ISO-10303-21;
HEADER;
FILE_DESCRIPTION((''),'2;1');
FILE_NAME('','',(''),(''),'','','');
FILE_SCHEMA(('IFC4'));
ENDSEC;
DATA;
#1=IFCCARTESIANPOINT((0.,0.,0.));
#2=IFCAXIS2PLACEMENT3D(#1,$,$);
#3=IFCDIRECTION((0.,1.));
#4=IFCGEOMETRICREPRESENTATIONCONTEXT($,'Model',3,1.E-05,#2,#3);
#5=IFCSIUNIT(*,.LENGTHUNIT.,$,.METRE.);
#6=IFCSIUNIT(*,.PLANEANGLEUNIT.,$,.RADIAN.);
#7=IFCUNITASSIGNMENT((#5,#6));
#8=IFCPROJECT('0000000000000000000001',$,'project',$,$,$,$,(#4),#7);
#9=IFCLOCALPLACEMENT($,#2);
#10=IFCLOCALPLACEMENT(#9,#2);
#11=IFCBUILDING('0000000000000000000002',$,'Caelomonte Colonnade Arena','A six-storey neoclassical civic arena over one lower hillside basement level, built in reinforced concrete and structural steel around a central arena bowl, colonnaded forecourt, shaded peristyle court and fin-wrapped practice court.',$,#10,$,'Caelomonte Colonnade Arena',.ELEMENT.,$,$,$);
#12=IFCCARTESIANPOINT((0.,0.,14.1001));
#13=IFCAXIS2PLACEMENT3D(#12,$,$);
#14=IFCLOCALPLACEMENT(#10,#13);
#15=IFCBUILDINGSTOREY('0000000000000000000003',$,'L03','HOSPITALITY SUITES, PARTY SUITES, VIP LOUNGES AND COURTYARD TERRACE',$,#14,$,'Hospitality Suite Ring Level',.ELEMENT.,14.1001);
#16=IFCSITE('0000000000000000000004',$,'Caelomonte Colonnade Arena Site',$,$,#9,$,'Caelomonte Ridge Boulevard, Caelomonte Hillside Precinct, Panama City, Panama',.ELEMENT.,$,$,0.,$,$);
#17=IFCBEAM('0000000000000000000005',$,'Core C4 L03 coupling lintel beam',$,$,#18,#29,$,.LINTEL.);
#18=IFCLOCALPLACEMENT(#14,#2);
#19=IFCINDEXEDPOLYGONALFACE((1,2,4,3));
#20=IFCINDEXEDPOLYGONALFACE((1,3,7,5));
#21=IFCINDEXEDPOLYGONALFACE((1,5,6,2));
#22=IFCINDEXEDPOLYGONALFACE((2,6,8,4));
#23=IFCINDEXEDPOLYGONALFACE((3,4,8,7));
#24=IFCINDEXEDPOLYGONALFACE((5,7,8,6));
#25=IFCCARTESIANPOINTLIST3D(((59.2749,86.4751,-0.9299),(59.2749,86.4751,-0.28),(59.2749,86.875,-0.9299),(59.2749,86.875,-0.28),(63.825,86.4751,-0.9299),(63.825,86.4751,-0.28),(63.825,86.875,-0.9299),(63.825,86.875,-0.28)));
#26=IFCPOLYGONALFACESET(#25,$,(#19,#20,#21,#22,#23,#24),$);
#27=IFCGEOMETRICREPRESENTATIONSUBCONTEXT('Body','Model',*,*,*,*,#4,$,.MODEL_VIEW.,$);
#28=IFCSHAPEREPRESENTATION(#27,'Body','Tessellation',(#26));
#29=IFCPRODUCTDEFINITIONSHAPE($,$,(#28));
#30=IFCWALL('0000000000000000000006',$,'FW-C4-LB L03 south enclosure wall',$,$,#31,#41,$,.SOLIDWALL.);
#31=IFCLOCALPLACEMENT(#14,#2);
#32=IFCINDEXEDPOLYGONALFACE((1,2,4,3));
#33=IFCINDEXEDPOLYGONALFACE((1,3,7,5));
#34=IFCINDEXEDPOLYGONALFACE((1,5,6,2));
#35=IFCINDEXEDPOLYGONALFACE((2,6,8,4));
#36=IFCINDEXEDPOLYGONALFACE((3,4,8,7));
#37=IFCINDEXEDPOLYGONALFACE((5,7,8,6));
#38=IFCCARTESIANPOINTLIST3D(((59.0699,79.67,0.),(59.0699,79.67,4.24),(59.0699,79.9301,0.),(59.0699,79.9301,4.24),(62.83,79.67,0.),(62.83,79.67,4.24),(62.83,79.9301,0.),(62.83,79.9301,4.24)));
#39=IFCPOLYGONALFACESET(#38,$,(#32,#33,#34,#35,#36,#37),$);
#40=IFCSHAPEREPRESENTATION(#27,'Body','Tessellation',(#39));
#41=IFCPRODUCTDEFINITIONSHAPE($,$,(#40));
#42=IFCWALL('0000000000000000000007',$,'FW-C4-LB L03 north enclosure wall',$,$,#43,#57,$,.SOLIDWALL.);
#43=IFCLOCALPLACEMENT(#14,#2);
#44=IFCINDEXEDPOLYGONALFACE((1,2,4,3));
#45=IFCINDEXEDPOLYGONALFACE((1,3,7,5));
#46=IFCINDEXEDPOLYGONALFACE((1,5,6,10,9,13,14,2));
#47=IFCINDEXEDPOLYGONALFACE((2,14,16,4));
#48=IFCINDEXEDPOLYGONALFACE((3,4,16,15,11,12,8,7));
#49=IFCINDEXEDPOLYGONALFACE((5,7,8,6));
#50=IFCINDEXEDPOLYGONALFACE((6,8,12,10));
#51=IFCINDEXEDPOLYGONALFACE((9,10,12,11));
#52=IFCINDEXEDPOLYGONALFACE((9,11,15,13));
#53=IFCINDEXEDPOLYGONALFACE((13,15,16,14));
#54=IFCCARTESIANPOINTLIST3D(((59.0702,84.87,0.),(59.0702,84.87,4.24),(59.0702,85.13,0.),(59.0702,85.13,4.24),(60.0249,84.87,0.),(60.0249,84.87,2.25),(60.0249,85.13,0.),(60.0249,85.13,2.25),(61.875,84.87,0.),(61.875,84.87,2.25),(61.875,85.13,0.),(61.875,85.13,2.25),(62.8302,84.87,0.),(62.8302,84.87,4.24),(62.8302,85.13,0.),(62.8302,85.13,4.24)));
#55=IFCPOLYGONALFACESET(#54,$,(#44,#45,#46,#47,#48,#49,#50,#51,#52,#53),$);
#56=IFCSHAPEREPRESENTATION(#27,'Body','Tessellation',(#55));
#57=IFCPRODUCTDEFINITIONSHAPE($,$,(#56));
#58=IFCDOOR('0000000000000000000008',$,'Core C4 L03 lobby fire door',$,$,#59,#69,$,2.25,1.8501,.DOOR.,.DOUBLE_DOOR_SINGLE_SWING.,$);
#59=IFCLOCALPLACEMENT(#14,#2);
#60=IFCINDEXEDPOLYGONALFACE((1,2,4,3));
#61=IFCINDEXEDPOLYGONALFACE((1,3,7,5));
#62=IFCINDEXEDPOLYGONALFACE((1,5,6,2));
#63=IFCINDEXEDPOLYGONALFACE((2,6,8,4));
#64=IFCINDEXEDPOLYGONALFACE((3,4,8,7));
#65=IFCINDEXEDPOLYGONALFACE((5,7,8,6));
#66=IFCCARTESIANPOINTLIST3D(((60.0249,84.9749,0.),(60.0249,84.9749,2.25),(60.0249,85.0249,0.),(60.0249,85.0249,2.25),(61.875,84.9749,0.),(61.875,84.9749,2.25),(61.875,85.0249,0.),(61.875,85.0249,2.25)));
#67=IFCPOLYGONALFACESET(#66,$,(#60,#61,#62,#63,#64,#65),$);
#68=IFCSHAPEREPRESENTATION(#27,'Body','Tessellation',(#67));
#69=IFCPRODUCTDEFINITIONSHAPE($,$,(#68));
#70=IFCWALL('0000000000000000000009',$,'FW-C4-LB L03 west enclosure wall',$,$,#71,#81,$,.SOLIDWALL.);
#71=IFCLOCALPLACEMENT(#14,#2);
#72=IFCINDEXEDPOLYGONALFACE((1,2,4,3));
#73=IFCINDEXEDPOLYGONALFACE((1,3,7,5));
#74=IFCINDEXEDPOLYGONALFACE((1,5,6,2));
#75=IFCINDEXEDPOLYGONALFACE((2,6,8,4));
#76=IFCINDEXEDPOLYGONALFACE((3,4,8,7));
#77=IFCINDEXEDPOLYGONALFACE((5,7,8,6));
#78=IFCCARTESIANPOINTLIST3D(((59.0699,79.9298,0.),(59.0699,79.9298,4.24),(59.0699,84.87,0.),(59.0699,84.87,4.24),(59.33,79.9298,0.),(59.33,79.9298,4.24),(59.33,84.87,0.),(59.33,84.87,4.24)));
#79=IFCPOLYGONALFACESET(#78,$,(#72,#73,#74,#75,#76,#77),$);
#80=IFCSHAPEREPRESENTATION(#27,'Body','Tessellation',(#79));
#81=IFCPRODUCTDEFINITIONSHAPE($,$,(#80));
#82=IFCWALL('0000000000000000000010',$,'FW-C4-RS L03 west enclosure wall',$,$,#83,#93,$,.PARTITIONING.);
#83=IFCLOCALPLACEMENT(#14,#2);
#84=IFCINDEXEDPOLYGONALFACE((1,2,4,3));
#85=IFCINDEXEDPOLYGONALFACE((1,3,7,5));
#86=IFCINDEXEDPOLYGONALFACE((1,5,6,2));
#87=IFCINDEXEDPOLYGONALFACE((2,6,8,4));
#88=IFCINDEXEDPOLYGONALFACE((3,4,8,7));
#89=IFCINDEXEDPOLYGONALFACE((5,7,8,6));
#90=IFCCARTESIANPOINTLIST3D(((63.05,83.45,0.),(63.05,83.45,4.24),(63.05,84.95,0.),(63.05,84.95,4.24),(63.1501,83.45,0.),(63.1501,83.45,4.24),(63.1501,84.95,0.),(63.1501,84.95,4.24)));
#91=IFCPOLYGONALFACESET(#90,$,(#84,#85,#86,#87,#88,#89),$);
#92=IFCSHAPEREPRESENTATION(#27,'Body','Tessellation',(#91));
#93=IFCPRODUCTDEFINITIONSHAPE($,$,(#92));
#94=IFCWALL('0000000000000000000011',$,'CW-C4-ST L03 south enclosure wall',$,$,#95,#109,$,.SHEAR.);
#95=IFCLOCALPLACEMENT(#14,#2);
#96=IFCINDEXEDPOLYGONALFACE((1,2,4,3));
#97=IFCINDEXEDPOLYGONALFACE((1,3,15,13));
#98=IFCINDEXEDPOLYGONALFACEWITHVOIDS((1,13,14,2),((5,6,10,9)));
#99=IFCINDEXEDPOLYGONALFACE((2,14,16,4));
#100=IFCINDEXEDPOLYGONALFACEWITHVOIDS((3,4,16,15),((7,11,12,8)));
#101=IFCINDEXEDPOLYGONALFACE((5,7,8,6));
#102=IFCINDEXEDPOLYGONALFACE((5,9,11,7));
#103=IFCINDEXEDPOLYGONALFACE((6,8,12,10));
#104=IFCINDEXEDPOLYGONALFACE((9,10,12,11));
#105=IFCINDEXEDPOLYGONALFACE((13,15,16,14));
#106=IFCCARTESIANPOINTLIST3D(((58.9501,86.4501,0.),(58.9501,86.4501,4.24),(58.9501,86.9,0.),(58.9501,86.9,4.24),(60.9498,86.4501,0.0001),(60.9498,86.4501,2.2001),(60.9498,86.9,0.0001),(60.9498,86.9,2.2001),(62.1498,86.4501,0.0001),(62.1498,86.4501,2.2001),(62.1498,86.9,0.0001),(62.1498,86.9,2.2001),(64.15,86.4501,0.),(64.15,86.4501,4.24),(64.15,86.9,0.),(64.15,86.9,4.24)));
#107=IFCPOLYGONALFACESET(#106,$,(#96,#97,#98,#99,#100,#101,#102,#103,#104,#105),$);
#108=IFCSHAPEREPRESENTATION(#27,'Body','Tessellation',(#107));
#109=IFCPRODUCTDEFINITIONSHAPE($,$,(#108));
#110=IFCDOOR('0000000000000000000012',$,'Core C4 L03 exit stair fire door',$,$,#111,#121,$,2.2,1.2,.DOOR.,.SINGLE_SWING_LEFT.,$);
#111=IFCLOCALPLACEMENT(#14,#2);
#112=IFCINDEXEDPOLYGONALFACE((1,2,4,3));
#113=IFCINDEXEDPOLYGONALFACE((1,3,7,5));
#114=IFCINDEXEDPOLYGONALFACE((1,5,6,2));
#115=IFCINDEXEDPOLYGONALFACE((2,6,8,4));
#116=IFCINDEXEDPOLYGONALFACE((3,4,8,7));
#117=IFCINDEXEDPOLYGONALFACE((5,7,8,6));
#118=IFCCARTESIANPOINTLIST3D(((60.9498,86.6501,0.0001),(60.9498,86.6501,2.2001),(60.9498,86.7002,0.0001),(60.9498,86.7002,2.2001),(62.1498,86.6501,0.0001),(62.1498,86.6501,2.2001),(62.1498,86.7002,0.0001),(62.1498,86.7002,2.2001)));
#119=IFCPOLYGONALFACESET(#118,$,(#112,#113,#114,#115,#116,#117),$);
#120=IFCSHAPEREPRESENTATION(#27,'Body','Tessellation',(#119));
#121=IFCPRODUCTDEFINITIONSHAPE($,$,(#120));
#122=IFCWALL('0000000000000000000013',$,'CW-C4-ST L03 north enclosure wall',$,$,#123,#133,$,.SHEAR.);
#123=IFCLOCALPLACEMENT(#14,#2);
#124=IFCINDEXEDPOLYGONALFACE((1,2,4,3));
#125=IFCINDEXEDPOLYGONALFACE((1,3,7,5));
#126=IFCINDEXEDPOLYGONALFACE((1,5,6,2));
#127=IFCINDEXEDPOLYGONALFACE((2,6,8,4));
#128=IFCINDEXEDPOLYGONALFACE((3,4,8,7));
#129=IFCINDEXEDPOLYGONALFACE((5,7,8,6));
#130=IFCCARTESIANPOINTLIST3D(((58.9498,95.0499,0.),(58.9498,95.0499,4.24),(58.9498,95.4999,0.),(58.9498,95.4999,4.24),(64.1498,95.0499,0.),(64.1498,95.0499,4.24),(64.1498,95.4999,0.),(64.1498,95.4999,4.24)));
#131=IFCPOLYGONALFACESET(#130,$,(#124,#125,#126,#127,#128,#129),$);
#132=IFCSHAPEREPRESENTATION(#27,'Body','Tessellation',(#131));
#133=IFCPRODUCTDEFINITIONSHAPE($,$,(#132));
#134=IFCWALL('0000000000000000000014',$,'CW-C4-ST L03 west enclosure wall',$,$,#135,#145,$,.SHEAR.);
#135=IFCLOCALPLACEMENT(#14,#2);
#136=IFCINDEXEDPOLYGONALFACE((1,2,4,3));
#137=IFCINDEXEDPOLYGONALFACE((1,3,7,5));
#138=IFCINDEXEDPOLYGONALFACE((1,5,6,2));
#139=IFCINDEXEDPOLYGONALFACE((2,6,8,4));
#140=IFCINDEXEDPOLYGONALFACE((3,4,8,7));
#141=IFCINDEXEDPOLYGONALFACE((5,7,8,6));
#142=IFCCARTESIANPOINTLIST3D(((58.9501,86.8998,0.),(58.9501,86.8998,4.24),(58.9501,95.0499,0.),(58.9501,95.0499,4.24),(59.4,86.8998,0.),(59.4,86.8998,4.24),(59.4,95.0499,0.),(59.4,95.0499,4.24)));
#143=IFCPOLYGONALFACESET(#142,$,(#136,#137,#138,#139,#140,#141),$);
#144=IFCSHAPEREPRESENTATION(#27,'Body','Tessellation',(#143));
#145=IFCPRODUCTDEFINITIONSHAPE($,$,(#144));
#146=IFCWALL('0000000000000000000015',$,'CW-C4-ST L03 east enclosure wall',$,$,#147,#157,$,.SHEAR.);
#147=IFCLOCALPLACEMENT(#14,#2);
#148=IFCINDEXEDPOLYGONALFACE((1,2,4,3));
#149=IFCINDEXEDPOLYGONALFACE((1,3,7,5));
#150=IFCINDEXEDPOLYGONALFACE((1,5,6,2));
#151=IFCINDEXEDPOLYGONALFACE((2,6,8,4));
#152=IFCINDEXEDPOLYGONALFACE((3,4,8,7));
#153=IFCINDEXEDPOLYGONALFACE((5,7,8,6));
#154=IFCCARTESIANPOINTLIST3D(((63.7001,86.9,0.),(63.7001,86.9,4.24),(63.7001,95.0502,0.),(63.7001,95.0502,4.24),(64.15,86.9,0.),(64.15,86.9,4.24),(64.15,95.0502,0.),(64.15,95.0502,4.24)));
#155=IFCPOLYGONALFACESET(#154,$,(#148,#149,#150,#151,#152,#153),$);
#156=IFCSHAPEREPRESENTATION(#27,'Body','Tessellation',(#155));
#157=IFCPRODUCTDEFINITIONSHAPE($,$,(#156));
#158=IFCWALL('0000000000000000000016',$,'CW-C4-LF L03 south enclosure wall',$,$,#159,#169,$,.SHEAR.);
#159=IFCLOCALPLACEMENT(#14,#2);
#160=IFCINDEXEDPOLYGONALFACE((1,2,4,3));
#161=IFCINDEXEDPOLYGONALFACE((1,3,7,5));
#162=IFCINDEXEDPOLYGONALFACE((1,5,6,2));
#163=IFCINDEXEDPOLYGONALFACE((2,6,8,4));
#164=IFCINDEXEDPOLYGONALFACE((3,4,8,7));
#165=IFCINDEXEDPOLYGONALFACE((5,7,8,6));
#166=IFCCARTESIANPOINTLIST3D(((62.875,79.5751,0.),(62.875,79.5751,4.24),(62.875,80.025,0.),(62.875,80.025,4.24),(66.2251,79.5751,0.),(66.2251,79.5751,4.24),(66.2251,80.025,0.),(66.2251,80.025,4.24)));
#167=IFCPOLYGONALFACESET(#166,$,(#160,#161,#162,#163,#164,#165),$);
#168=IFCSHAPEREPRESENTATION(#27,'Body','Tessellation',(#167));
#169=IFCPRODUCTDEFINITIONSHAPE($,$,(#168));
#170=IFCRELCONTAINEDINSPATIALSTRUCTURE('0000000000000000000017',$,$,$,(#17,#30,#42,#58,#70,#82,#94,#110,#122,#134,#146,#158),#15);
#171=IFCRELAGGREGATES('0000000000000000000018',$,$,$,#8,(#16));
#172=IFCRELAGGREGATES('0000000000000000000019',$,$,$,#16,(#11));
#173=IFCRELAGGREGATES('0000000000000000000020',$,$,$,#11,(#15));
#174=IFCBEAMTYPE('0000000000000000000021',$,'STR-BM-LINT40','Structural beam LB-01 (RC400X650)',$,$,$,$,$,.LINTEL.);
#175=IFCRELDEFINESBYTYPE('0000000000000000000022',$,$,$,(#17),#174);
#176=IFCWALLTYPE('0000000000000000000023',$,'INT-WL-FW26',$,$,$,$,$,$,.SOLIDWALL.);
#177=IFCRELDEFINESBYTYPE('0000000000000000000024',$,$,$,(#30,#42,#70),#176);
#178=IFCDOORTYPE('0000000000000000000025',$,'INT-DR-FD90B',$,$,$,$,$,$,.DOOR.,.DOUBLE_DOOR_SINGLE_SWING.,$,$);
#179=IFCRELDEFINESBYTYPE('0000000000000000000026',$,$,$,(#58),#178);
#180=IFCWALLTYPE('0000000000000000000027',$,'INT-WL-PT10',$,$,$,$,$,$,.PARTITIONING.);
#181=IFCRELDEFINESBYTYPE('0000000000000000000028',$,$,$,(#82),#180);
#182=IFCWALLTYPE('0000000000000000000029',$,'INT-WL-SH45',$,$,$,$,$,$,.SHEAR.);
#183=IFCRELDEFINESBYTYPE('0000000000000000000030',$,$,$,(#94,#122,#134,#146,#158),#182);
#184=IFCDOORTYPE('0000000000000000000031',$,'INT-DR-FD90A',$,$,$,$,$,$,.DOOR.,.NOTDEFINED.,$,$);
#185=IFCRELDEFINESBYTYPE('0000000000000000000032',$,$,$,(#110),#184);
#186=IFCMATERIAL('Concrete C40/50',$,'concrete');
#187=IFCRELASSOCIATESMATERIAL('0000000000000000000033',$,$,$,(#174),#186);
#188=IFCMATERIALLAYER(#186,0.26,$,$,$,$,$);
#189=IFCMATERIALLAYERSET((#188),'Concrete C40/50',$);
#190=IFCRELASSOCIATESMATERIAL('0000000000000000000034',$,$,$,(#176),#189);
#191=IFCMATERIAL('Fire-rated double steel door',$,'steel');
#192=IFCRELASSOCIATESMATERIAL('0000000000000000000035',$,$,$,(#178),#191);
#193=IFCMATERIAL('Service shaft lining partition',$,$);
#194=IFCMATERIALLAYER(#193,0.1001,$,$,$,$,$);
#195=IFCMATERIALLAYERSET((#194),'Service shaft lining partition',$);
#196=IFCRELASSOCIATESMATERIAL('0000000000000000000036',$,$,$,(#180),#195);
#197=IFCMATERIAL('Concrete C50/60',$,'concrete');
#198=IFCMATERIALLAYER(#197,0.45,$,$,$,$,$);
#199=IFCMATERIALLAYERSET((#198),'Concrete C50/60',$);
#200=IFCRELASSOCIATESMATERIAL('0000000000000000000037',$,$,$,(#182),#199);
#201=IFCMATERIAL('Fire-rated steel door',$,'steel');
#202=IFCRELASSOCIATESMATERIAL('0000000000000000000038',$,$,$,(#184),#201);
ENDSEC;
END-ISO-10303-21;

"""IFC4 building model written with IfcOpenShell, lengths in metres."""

from ifc_helpers import new_model, si_unit, direction, frame, frame_2d, origin, origin_2d, place, context, subcontext, project, spatial, rectangle, extrude, material, layer, layer_set, material_profile, profile_set, type_object, element, fill, save


model = new_model("IFC4")

# Units and contexts
model_context = context("Model", 3, precision=1e-05, world=origin(), true_north=direction((0.0, 1.0)))
body_context = subcontext(model_context, "Body", "Model", "MODEL_VIEW")
ifc_project = project(units=[si_unit("LENGTHUNIT", "METRE"), si_unit("PLANEANGLEUNIT", "RADIAN")], contexts=[model_context])

# Site, building, storey
site_placement = place(None, origin())
site = spatial("IfcSite", under=ifc_project, at=site_placement, Name="Caelomonte Colonnade Arena Site", LongName="Caelomonte Ridge Boulevard, Caelomonte Hillside Precinct, Panama City, Panama", CompositionType="ELEMENT", RefElevation=0.0)
building_placement = place(site_placement, origin())
building = spatial("IfcBuilding", under=site, at=building_placement, Name="Caelomonte Colonnade Arena", Description="A six-storey neoclassical civic arena over one lower hillside basement level, built in reinforced concrete and structural steel around a central arena bowl, colonnaded forecourt, shaded peristyle court and fin-wrapped practice court.", LongName="Caelomonte Colonnade Arena", CompositionType="ELEMENT")
storey_placement = place(building_placement, frame((0.0, 0.0, 14.1001)))
storey = spatial("IfcBuildingStorey", under=building, at=storey_placement, Name="L03", Description="HOSPITALITY SUITES, PARTY SUITES, VIP LOUNGES AND COURTYARD TERRACE", LongName="Hospitality Suite Ring Level", CompositionType="ELEMENT", Elevation=14.1001)

# Beam
ifc_material_1 = material(Name="Concrete C40/50", Category="concrete")
ifc_material_profile = material_profile(ifc_material_1, rectangle(XDim=0.3999, YDim=0.6499, at=origin_2d()), Name="RC400X650")
ifc_profile_set = profile_set([ifc_material_profile], Name="Concrete C40/50")
beam_type = type_object("IfcBeamType", Name="STR-BM-LINT40", Description="Structural beam LB-01 (RC400X650)", PredefinedType="LINTEL", material=ifc_profile_set)
beam_placement = place(storey_placement, frame((59.2749, 86.675, -0.605), z_axis=(1.0, 0.0, 0.0), x_axis=(0.0, 1.0, 0.0)))
element("IfcBeam", 1, at=beam_placement, inside=storey, type_object=beam_type, Name="Core C4 L03 coupling lintel beam", PredefinedType="LINTEL", context=body_context, shape_type="SweptSolid", body=[
    extrude(rectangle(XDim=0.3999, YDim=0.6499, at=origin_2d()), origin(), (0.0, 0.0, 1.0), 4.55),
])

# Wall
ifc_layer_1 = layer(ifc_material_1, 0.26)
ifc_layer_set_1 = layer_set([ifc_layer_1], Name="Concrete C40/50")
wall_type_1 = type_object("IfcWallType", Name="INT-WL-FW26", PredefinedType="SOLIDWALL", material=ifc_layer_set_1)
wall_1_placement = place(storey_placement, frame((59.0701, 79.8, 0.0), z_axis=(0.0, 0.0, 1.0), x_axis=(1.0, 0.0, 0.0)))
element("IfcWall", 2, at=wall_1_placement, inside=storey, type_object=wall_type_1, Name="FW-C4-LB L03 south enclosure wall", PredefinedType="SOLIDWALL", context=body_context, shape_type="SweptSolid", body=[
    extrude(rectangle(XDim=3.76, YDim=0.26, at=frame_2d((1.8799, 0.0))), origin(), (0.0, 0.0, 1.0), 4.24),
])

# Wall, opening, door
wall_2_placement = place(storey_placement, frame((62.8301, 85.0, 0.0), z_axis=(0.0, 0.0, 1.0), x_axis=(-1.0, 0.0, 0.0)))
wall_2 = element("IfcWall", 3, at=wall_2_placement, inside=storey, type_object=wall_type_1, Name="FW-C4-LB L03 north enclosure wall", PredefinedType="SOLIDWALL", context=body_context, shape_type="SweptSolid", body=[
    extrude(rectangle(XDim=3.76, YDim=0.26, at=frame_2d((1.8799, 0.0))), origin(), (0.0, 0.0, 1.0), 4.24),
])
opening_1_placement = place(wall_2_placement, frame((2.8052, 0.0, 0.0), z_axis=(0.0, 0.0, 1.0), x_axis=(-1.0, 0.0, 0.0)))
opening_1 = element("IfcOpeningElement", 4, at=opening_1_placement, cuts=wall_2, PredefinedType="OPENING", context=body_context, shape_type="SweptSolid", body=[
    extrude(rectangle(XDim=1.8501, YDim=2.25, at=frame_2d((0.925, 1.125))), frame((0.0, 0.1399, 0.0), z_axis=(0.0, -1.0, 0.0), x_axis=(1.0, 0.0, 0.0)), (0.0, 0.0, 1.0), 0.28),
])
ifc_material_2 = material(Name="Fire-rated double steel door", Category="steel")
door_type_1 = type_object("IfcDoorType", Name="INT-DR-FD90B", OperationType="DOUBLE_DOOR_SINGLE_SWING", PredefinedType="DOOR", material=ifc_material_2)
door_1_placement = place(opening_1_placement, origin())
door_1 = element("IfcDoor", 5, at=door_1_placement, inside=storey, type_object=door_type_1, Name="Core C4 L03 lobby fire door", OperationType="DOUBLE_DOOR_SINGLE_SWING", OverallHeight=2.25, OverallWidth=1.8501, PredefinedType="DOOR", context=body_context, shape_type="SweptSolid", body=[
    extrude(rectangle(XDim=1.8501, YDim=2.25, at=frame_2d((0.925, 1.125))), frame((0.0, 0.0249, 0.0), z_axis=(0.0, -1.0, 0.0), x_axis=(1.0, 0.0, 0.0)), (0.0, 0.0, 1.0), 0.05),
])
fill(opening_1, door_1)

# Walls
wall_3_placement = place(storey_placement, frame((59.2, 84.8701, 0.0), z_axis=(0.0, 0.0, 1.0), x_axis=(0.0, -1.0, 0.0)))
element("IfcWall", 6, at=wall_3_placement, inside=storey, type_object=wall_type_1, Name="FW-C4-LB L03 west enclosure wall", PredefinedType="SOLIDWALL", context=body_context, shape_type="SweptSolid", body=[
    extrude(rectangle(XDim=4.9402, YDim=0.26, at=frame_2d((2.4702, 0.0))), origin(), (0.0, 0.0, 1.0), 4.24),
])
ifc_material_3 = material(Name="Service shaft lining partition")
ifc_layer_2 = layer(ifc_material_3, 0.1001)
ifc_layer_set_2 = layer_set([ifc_layer_2], Name="Service shaft lining partition")
wall_type_2 = type_object("IfcWallType", Name="INT-WL-PT10", PredefinedType="PARTITIONING", material=ifc_layer_set_2)
wall_4_placement = place(storey_placement, frame((63.1001, 84.95, 0.0), z_axis=(0.0, 0.0, 1.0), x_axis=(0.0, -1.0, 0.0)))
element("IfcWall", 7, at=wall_4_placement, inside=storey, type_object=wall_type_2, Name="FW-C4-RS L03 west enclosure wall", PredefinedType="PARTITIONING", context=body_context, shape_type="SweptSolid", body=[
    extrude(rectangle(XDim=1.5, YDim=0.1001, at=frame_2d((0.75, 0.0))), origin(), (0.0, 0.0, 1.0), 4.24),
])

# Wall, opening, door
ifc_material_4 = material(Name="Concrete C50/60", Category="concrete")
ifc_layer_3 = layer(ifc_material_4, 0.45)
ifc_layer_set_3 = layer_set([ifc_layer_3], Name="Concrete C50/60")
wall_type_3 = type_object("IfcWallType", Name="INT-WL-SH45", PredefinedType="SHEAR", material=ifc_layer_set_3)
wall_5_placement = place(storey_placement, frame((58.95, 86.675, 0.0), z_axis=(0.0, 0.0, 1.0), x_axis=(1.0, 0.0, 0.0)))
wall_5 = element("IfcWall", 8, at=wall_5_placement, inside=storey, type_object=wall_type_3, Name="CW-C4-ST L03 south enclosure wall", PredefinedType="SHEAR", context=body_context, shape_type="SweptSolid", body=[
    extrude(rectangle(XDim=5.2, YDim=0.45, at=frame_2d((2.6001, 0.0))), origin(), (0.0, 0.0, 1.0), 4.24),
])
opening_2_placement = place(wall_5_placement, frame((3.2, 0.0, 0.0), z_axis=(0.0, 0.0, 1.0), x_axis=(-1.0, 0.0, 0.0)))
opening_2 = element("IfcOpeningElement", 9, at=opening_2_placement, cuts=wall_5, PredefinedType="OPENING", context=body_context, shape_type="SweptSolid", body=[
    extrude(rectangle(XDim=1.2, YDim=2.2, at=frame_2d((0.6001, 1.1001))), frame((0.0, 0.2349, 0.0), z_axis=(0.0, -1.0, 0.0), x_axis=(1.0, 0.0, 0.0)), (0.0, 0.0, 1.0), 0.47),
])
ifc_material_5 = material(Name="Fire-rated steel door", Category="steel")
door_type_2 = type_object("IfcDoorType", Name="INT-DR-FD90A", OperationType="NOTDEFINED", PredefinedType="DOOR", material=ifc_material_5)
door_2_placement = place(opening_2_placement, origin())
door_2 = element("IfcDoor", 10, at=door_2_placement, inside=storey, type_object=door_type_2, Name="Core C4 L03 exit stair fire door", OperationType="SINGLE_SWING_LEFT", OverallHeight=2.2, OverallWidth=1.2, PredefinedType="DOOR", context=body_context, shape_type="SweptSolid", body=[
    extrude(rectangle(XDim=1.2, YDim=2.2, at=frame_2d((0.6001, 1.1001))), frame((0.0, 0.0249, 0.0), z_axis=(0.0, -1.0, 0.0), x_axis=(1.0, 0.0, 0.0)), (0.0, 0.0, 1.0), 0.05),
])
fill(opening_2, door_2)

# Walls
wall_6_placement = place(storey_placement, frame((64.1499, 95.2749, 0.0), z_axis=(0.0, 0.0, 1.0), x_axis=(-1.0, 0.0, 0.0)))
element("IfcWall", 11, at=wall_6_placement, inside=storey, type_object=wall_type_3, Name="CW-C4-ST L03 north enclosure wall", PredefinedType="SHEAR", context=body_context, shape_type="SweptSolid", body=[
    extrude(rectangle(XDim=5.2, YDim=0.45, at=frame_2d((2.6001, 0.0))), origin(), (0.0, 0.0, 1.0), 4.24),
])
for number, where, z_axis, x_axis, name in (
    (12, (59.175, 95.05, 0.0), (0.0, 0.0, 1.0), (0.0, -1.0, 0.0), "CW-C4-ST L03 west enclosure wall"),
    (13, (63.925, 86.8999, 0.0), (0.0, 0.0, 1.0), (0.0, 1.0, 0.0), "CW-C4-ST L03 east enclosure wall"),
):
    element("IfcWall", number, at=place(storey_placement, frame(where, z_axis=z_axis, x_axis=x_axis)), inside=storey, type_object=wall_type_3, Name=name, PredefinedType="SHEAR", context=body_context, shape_type="SweptSolid", body=[
        extrude(rectangle(XDim=8.1501, YDim=0.45, at=frame_2d((4.0752, 0.0))), origin(), (0.0, 0.0, 1.0), 4.24),
    ])
wall_7_placement = place(storey_placement, frame((62.875, 79.8, 0.0), z_axis=(0.0, 0.0, 1.0), x_axis=(1.0, 0.0, 0.0)))
element("IfcWall", 14, at=wall_7_placement, inside=storey, type_object=wall_type_3, Name="CW-C4-LF L03 south enclosure wall", PredefinedType="SHEAR", context=body_context, shape_type="SweptSolid", body=[
    extrude(rectangle(XDim=3.3501, YDim=0.45, at=frame_2d((1.675, 0.0))), origin(), (0.0, 0.0, 1.0), 4.24),
])

save(model, "model.ifc")
